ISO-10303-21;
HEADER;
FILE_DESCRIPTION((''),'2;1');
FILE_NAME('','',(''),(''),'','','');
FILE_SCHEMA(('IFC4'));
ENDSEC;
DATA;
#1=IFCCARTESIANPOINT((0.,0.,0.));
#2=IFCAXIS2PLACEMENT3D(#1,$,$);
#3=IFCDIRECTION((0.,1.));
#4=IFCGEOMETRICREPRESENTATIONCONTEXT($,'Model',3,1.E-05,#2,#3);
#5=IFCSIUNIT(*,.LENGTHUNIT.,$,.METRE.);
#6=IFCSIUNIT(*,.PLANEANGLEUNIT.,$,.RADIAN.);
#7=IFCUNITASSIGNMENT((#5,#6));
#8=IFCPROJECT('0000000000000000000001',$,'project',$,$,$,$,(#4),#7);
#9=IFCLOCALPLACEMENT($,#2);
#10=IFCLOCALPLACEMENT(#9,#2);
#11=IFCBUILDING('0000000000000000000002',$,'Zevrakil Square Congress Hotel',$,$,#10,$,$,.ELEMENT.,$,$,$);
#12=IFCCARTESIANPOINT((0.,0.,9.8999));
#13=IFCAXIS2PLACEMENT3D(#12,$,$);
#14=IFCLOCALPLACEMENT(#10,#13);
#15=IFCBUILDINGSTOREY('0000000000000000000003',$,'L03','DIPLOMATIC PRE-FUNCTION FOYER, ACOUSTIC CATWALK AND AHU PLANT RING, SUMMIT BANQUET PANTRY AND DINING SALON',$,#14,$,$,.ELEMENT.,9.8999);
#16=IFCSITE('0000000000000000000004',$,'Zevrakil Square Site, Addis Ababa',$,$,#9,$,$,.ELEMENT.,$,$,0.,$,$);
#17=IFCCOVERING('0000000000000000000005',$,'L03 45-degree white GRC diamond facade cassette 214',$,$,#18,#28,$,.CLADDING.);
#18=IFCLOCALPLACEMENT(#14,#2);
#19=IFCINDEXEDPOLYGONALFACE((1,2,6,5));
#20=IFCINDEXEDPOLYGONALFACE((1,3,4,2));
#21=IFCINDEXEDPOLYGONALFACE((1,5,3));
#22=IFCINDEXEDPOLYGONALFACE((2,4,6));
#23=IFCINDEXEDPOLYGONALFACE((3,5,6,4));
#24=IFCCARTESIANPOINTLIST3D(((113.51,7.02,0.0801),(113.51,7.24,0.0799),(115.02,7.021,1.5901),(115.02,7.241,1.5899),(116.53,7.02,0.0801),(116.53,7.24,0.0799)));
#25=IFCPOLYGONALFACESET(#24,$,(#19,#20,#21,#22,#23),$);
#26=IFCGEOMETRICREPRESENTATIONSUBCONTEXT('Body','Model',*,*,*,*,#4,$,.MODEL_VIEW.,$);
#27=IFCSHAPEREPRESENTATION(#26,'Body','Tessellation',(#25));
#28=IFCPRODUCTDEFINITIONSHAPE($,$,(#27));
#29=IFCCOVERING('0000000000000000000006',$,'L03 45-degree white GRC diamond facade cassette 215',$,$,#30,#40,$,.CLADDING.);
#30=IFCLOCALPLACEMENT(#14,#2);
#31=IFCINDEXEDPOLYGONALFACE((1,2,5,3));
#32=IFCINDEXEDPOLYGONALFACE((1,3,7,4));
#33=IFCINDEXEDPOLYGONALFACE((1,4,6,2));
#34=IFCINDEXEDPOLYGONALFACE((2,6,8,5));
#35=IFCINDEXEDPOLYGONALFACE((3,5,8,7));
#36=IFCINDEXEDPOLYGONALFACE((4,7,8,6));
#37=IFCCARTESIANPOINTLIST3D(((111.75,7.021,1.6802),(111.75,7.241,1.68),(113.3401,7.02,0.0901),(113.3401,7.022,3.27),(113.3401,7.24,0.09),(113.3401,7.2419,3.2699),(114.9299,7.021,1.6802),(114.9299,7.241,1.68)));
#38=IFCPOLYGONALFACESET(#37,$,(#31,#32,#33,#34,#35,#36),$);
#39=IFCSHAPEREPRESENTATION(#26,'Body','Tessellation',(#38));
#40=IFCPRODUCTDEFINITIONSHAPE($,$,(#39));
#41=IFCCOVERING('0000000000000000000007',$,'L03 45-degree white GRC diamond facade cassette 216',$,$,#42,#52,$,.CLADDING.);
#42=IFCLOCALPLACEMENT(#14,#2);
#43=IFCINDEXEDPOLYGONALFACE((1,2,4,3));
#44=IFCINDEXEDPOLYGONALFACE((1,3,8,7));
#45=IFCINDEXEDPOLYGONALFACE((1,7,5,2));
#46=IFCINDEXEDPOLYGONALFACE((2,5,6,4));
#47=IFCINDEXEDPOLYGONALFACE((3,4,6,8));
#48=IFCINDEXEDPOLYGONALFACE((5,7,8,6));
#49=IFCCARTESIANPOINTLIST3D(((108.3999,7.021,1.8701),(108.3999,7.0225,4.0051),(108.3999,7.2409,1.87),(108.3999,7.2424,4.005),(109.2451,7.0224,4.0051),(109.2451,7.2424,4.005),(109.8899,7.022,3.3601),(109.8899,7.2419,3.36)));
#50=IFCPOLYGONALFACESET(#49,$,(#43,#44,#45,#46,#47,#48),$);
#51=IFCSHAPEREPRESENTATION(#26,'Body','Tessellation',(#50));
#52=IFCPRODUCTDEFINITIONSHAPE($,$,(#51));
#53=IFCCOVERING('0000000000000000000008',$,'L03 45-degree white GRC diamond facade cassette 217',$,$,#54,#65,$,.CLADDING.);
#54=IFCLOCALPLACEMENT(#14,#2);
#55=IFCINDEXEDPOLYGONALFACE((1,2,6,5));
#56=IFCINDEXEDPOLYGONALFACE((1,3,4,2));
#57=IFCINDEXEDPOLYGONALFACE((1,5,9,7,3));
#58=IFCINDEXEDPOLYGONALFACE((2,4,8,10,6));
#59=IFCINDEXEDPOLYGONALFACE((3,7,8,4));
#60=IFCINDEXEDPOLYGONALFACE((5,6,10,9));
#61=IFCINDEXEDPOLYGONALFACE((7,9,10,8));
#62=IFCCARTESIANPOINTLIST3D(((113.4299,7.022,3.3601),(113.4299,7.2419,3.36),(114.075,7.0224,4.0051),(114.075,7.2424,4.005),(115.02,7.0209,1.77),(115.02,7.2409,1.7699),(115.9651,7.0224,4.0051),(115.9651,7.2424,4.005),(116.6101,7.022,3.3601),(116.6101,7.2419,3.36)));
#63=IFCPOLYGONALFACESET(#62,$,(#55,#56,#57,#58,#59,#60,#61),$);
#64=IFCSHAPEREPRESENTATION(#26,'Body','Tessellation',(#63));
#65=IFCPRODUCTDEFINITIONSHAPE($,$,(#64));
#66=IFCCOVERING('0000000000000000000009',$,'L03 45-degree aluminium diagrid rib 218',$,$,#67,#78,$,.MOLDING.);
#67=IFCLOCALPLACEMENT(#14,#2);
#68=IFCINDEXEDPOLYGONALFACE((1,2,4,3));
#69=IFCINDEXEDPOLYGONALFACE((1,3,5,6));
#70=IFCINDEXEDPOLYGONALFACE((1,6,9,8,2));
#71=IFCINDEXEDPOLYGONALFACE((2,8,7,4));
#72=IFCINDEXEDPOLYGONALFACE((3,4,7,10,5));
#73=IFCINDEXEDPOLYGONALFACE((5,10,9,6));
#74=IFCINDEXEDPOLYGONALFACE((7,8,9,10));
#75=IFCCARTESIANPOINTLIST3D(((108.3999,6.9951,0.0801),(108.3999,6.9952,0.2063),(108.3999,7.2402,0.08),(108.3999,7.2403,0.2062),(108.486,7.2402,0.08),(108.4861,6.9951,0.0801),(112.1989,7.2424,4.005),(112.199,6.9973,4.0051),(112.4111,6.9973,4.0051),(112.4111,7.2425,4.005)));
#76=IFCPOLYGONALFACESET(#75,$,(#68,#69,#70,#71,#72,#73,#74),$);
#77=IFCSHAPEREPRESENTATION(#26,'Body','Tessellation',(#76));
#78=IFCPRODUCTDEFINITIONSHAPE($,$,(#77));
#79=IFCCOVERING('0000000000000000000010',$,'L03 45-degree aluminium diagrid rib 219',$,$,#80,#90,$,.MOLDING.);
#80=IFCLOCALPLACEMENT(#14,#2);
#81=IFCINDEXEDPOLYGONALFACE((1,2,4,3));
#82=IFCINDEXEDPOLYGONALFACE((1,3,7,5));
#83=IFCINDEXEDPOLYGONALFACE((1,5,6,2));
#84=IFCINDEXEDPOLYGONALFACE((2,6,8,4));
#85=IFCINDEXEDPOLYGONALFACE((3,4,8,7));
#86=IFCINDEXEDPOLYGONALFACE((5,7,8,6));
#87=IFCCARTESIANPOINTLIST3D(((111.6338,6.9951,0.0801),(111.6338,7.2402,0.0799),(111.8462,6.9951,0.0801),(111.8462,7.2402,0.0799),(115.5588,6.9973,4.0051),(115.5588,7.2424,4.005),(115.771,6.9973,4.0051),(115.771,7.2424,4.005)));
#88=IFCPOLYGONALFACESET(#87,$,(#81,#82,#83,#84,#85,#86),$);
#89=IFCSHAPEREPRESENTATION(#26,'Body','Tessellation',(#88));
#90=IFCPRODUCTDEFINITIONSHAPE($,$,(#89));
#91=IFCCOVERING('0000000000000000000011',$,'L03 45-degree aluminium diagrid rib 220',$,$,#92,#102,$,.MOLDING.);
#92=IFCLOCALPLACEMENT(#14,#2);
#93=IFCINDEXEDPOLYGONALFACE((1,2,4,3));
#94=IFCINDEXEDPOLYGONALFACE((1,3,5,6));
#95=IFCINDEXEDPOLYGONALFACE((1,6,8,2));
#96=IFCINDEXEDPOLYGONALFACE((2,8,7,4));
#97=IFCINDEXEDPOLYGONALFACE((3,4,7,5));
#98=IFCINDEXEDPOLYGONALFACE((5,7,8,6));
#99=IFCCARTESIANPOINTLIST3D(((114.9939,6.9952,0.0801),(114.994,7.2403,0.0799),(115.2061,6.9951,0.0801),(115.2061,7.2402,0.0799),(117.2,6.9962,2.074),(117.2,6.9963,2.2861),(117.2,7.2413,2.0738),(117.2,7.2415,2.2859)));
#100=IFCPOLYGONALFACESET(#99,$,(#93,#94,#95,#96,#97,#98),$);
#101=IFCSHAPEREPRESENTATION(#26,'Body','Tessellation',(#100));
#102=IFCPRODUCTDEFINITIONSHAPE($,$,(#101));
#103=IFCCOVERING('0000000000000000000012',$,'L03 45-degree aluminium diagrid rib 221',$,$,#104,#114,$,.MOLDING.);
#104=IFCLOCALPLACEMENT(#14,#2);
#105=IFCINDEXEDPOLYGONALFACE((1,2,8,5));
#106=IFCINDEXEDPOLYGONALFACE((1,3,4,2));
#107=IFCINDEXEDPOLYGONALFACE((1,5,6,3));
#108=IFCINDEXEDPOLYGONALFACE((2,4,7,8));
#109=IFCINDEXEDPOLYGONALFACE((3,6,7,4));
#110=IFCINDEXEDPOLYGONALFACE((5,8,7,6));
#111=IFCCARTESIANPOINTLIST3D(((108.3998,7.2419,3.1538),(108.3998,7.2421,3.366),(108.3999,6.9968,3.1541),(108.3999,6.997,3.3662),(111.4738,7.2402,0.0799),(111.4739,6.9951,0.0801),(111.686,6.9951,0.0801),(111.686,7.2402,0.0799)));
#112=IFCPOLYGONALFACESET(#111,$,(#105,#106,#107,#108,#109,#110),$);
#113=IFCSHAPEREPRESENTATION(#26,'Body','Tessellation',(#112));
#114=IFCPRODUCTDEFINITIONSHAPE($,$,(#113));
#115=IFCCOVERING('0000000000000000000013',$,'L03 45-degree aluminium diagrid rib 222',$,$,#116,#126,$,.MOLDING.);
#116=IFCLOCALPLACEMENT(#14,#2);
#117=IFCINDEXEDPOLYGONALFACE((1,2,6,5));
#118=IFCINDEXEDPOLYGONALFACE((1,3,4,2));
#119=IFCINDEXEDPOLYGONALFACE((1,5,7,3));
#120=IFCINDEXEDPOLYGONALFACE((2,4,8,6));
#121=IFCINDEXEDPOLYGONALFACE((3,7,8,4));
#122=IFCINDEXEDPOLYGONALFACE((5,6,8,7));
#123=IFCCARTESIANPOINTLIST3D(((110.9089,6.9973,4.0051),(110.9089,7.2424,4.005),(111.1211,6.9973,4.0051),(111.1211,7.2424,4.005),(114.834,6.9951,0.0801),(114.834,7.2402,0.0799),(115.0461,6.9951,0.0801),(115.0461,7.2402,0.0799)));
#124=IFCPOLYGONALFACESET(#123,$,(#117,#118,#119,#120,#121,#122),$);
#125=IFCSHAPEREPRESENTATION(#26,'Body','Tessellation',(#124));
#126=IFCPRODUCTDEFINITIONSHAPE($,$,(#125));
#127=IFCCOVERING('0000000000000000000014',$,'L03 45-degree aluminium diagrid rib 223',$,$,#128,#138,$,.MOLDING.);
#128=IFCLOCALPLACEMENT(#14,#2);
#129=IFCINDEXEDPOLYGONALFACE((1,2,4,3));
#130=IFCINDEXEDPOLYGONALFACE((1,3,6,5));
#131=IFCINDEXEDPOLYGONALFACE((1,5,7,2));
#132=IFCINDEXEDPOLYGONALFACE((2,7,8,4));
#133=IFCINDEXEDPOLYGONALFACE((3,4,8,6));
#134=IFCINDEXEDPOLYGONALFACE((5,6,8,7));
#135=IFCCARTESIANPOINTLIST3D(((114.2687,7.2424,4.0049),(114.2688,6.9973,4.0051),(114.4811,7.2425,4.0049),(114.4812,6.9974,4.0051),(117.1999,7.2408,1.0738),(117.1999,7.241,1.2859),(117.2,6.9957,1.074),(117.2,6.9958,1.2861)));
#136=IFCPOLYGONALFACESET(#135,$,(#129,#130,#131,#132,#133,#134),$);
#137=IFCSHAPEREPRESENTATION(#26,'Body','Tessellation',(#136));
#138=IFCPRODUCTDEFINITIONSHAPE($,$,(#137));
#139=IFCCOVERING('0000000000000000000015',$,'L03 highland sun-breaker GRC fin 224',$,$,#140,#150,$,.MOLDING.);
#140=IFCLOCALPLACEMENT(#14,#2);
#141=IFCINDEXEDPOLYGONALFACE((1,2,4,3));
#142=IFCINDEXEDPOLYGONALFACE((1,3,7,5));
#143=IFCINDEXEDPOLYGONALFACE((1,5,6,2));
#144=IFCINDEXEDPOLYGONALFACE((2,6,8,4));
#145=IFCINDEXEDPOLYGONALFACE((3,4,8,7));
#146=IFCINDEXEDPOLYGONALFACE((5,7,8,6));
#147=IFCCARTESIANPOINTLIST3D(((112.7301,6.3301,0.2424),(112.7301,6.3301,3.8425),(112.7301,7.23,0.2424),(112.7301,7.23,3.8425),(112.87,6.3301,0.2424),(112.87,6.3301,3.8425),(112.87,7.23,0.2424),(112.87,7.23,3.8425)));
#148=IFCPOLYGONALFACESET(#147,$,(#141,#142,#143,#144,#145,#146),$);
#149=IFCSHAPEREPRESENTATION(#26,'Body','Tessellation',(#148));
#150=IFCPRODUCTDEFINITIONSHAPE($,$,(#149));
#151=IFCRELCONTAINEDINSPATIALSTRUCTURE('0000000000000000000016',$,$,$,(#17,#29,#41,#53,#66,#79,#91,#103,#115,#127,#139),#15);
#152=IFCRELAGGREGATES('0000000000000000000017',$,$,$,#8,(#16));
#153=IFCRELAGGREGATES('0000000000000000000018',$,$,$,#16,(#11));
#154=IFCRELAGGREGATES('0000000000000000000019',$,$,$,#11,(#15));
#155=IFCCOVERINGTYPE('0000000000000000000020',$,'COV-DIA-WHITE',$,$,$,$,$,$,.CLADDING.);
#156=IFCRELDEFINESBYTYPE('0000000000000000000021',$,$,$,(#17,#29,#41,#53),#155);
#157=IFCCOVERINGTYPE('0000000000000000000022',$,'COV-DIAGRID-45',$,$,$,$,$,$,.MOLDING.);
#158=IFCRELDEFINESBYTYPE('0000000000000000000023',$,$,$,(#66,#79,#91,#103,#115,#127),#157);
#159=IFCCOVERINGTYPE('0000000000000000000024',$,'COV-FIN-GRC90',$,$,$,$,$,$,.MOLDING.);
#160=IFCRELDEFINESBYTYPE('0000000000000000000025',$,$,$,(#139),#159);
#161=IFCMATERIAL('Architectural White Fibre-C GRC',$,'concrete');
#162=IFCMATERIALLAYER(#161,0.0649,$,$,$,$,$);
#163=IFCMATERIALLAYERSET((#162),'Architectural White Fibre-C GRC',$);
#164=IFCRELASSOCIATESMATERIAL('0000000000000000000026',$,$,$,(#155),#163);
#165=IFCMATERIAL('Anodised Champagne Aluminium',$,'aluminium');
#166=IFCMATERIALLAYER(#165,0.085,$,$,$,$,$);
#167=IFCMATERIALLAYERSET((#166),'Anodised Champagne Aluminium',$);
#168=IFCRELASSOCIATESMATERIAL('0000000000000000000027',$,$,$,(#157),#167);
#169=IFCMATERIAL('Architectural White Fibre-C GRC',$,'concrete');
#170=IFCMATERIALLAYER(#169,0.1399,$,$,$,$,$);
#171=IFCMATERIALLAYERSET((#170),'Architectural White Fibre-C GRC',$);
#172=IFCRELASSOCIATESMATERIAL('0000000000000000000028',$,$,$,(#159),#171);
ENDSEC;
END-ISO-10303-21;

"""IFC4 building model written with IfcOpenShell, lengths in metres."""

from ifc_helpers import new_model, si_unit, direction, frame, origin, origin_2d, place, context, subcontext, project, spatial, polyline, rectangle, outline, extrude, material, layer, layer_set, type_object, element, save


model = new_model("IFC4")

# Units and contexts
model_context = context("Model", 3, precision=1e-05, world=origin(), true_north=direction((0.0, 1.0)))
body_context = subcontext(model_context, "Body", "Model", "MODEL_VIEW")
ifc_project = project(units=[si_unit("LENGTHUNIT", "METRE"), si_unit("PLANEANGLEUNIT", "RADIAN")], contexts=[model_context])

# Site, building, storey
site_placement = place(None, origin())
site = spatial("IfcSite", under=ifc_project, at=site_placement, Name="Zevrakil Square Site, Addis Ababa", CompositionType="ELEMENT", RefElevation=0.0)
building_placement = place(site_placement, origin())
building = spatial("IfcBuilding", under=site, at=building_placement, Name="Zevrakil Square Congress Hotel", CompositionType="ELEMENT")
storey_placement = place(building_placement, frame((0.0, 0.0, 9.8999)))
storey = spatial("IfcBuildingStorey", under=building, at=storey_placement, Name="L03", Description="DIPLOMATIC PRE-FUNCTION FOYER, ACOUSTIC CATWALK AND AHU PLANT RING, SUMMIT BANQUET PANTRY AND DINING SALON", CompositionType="ELEMENT", Elevation=9.8999)

# Coverings
ifc_material_1 = material(Name="Architectural White Fibre-C GRC", Category="concrete")
ifc_layer_1 = layer(ifc_material_1, 0.0649)
ifc_layer_set_1 = layer_set([ifc_layer_1], Name="Architectural White Fibre-C GRC")
covering_type_1 = type_object("IfcCoveringType", Name="COV-DIA-WHITE", PredefinedType="CLADDING", material=ifc_layer_set_1)
covering_1_placement = place(storey_placement, frame((115.02, 7.021, 1.5901), z_axis=(0.0, -1.0, 0.000647), x_axis=(0.707107, -0.000457, -0.707107)))
element("IfcCovering", 1, at=covering_1_placement, inside=storey, type_object=covering_type_1, Name="L03 45-degree white GRC diamond facade cassette 214", PredefinedType="CLADDING", context=body_context, shape_type="SweptSolid", body=[
    extrude(outline(polyline([(0.0, 0.0), (2.1355, 0.0), (0.0, -2.1355), (0.0, 0.0)])), origin(), (0.0, 0.0, -1.0), 0.22),
])
covering_2_placement = place(storey_placement, frame((113.3401, 7.022, 3.27), z_axis=(0.0, -1.0, 0.000614), x_axis=(0.707107, -0.000434, -0.707107)))
element("IfcCovering", 2, at=covering_2_placement, inside=storey, type_object=covering_type_1, Name="L03 45-degree white GRC diamond facade cassette 215", PredefinedType="CLADDING", context=body_context, shape_type="SweptSolid", body=[
    extrude(outline(polyline([(0.0, 0.0), (2.2484, 0.0), (2.2486, -2.2486), (-0.0002, -2.2486), (0.0, 0.0)])), origin(), (0.0, 0.0, -1.0), 0.22),
])
covering_3_placement = place(storey_placement, frame((109.8899, 7.022, 3.3601), z_axis=(-0.000026, -1.0, 0.000696), x_axis=(-0.707107, -0.000474, -0.707107)))
element("IfcCovering", 3, at=covering_3_placement, inside=storey, type_object=covering_type_1, Name="L03 45-degree white GRC diamond facade cassette 216", PredefinedType="CLADDING", context=body_context, shape_type="SweptSolid", body=[
    extrude(outline(polyline([(0.0, 0.0), (2.1072, 0.0), (0.5975, -1.5097), (-0.0002, -0.912), (0.0, 0.0)])), origin(), (0.0, 0.0, -1.0), 0.22),
])
covering_4_placement = place(storey_placement, frame((116.6101, 7.022, 3.3601), z_axis=(0.0, -1.0, 0.00067), x_axis=(-0.707107, -0.000474, -0.707107)))
element("IfcCovering", 4, at=covering_4_placement, inside=storey, type_object=covering_type_1, Name="L03 45-degree white GRC diamond facade cassette 217", PredefinedType="CLADDING", context=body_context, shape_type="SweptSolid", body=[
    extrude(outline(polyline([(0.0, 0.0), (2.2487, 0.0), (2.2487, -2.2487), (1.3365, -2.2487), (0.0, -0.9122), (0.0, 0.0)])), origin(), (0.0, 0.0, -1.0), 0.22),
])
ifc_material_2 = material(Name="Anodised Champagne Aluminium", Category="aluminium")
ifc_layer_2 = layer(ifc_material_2, 0.085)
ifc_layer_set_2 = layer_set([ifc_layer_2], Name="Anodised Champagne Aluminium")
covering_type_2 = type_object("IfcCoveringType", Name="COV-DIAGRID-45", PredefinedType="MOLDING", material=ifc_layer_set_2)
covering_5_placement = place(storey_placement, frame((108.4861, 6.9951, 0.0801), z_axis=(0.000168, -1.0, 0.000397), x_axis=(-1.0, -0.000168, 0.0)))
element("IfcCovering", 5, at=covering_5_placement, inside=storey, type_object=covering_type_2, Name="L03 45-degree aluminium diagrid rib 218", PredefinedType="MOLDING", context=body_context, shape_type="SweptSolid", body=[
    extrude(outline(polyline([(0.0, 0.0), (0.0862, 0.0), (0.0862, -0.1262), (-3.7129, -3.925), (-3.925, -3.925), (0.0, 0.0)])), origin(), (0.0, 0.0, -1.0), 0.2451),
])
covering_6_placement = place(storey_placement, frame((111.8462, 6.9951, 0.0801), z_axis=(0.0, -1.0, 0.00056), x_axis=(-1.0, 0.0, 0.0)))
element("IfcCovering", 6, at=covering_6_placement, inside=storey, type_object=covering_type_2, Name="L03 45-degree aluminium diagrid rib 219", PredefinedType="MOLDING", context=body_context, shape_type="SweptSolid", body=[
    extrude(outline(polyline([(0.0, 0.0), (0.2124, 0.0), (-3.7126, -3.925), (-3.9248, -3.925), (0.0, 0.0)])), origin(), (0.0, 0.0, -1.0), 0.2451),
])
covering_7_placement = place(storey_placement, frame((115.2061, 6.9951, 0.0801), z_axis=(-0.000314, -1.0, 0.000837), x_axis=(-1.0, 0.000314, 0.0)))
element("IfcCovering", 7, at=covering_7_placement, inside=storey, type_object=covering_type_2, Name="L03 45-degree aluminium diagrid rib 220", PredefinedType="MOLDING", context=body_context, shape_type="SweptSolid", body=[
    extrude(outline(polyline([(0.0, 0.0), (0.2122, 0.0), (-1.9939, -2.2061), (-1.9939, -1.9939), (0.0, 0.0)])), origin(), (0.0, 0.0, -1.0), 0.2451),
])
covering_8_placement = place(storey_placement, frame((108.3999, 6.9968, 3.1541), z_axis=(0.000287, -1.0, 0.000863), x_axis=(0.0, 0.000863, 1.0)))
element("IfcCovering", 8, at=covering_8_placement, inside=storey, type_object=covering_type_2, Name="L03 45-degree aluminium diagrid rib 221", PredefinedType="MOLDING", context=body_context, shape_type="SweptSolid", body=[
    extrude(outline(polyline([(0.0, 0.0), (0.2122, 0.0), (-3.074, -3.2861), (-3.074, -3.074), (0.0, 0.0)])), origin(), (0.0, 0.0, -1.0), 0.2451),
])
covering_9_placement = place(storey_placement, frame((110.9089, 6.9973, 4.0051), z_axis=(0.0, -1.0, 0.00056), x_axis=(1.0, 0.0, 0.0)))
element("IfcCovering", 9, at=covering_9_placement, inside=storey, type_object=covering_type_2, Name="L03 45-degree aluminium diagrid rib 222", PredefinedType="MOLDING", context=body_context, shape_type="SweptSolid", body=[
    extrude(outline(polyline([(0.0, 0.0), (0.2122, 0.0), (4.1372, -3.925), (3.925, -3.925), (0.0, 0.0)])), origin(), (0.0, 0.0, -1.0), 0.2451),
])
covering_10_placement = place(storey_placement, frame((114.2688, 6.9973, 4.0051), z_axis=(0.000294, -1.0, 0.000856), x_axis=(1.0, 0.000294, 0.0)))
element("IfcCovering", 10, at=covering_10_placement, inside=storey, type_object=covering_type_2, Name="L03 45-degree aluminium diagrid rib 223", PredefinedType="MOLDING", context=body_context, shape_type="SweptSolid", body=[
    extrude(outline(polyline([(0.0, 0.0), (0.2124, 0.0), (2.9312, -2.719), (2.9312, -2.9312), (0.0, 0.0)])), origin(), (0.0, 0.0, -1.0), 0.2451),
])
ifc_material_3 = material(Name="Architectural White Fibre-C GRC", Category="concrete")
ifc_layer_3 = layer(ifc_material_3, 0.1399)
ifc_layer_set_3 = layer_set([ifc_layer_3], Name="Architectural White Fibre-C GRC")
covering_type_3 = type_object("IfcCoveringType", Name="COV-FIN-GRC90", PredefinedType="MOLDING", material=ifc_layer_set_3)
covering_11_placement = place(storey_placement, frame((112.8, 6.78, 0.2424), z_axis=(0.0, 0.0, 1.0), x_axis=(0.0, -1.0, 0.0)))
element("IfcCovering", 11, at=covering_11_placement, inside=storey, type_object=covering_type_3, Name="L03 highland sun-breaker GRC fin 224", PredefinedType="MOLDING", context=body_context, shape_type="SweptSolid", body=[
    extrude(rectangle(XDim=0.8999, YDim=0.1399, at=origin_2d()), origin(), (0.0, 0.0, 1.0), 3.6001),
])

save(model, "model.ifc")
